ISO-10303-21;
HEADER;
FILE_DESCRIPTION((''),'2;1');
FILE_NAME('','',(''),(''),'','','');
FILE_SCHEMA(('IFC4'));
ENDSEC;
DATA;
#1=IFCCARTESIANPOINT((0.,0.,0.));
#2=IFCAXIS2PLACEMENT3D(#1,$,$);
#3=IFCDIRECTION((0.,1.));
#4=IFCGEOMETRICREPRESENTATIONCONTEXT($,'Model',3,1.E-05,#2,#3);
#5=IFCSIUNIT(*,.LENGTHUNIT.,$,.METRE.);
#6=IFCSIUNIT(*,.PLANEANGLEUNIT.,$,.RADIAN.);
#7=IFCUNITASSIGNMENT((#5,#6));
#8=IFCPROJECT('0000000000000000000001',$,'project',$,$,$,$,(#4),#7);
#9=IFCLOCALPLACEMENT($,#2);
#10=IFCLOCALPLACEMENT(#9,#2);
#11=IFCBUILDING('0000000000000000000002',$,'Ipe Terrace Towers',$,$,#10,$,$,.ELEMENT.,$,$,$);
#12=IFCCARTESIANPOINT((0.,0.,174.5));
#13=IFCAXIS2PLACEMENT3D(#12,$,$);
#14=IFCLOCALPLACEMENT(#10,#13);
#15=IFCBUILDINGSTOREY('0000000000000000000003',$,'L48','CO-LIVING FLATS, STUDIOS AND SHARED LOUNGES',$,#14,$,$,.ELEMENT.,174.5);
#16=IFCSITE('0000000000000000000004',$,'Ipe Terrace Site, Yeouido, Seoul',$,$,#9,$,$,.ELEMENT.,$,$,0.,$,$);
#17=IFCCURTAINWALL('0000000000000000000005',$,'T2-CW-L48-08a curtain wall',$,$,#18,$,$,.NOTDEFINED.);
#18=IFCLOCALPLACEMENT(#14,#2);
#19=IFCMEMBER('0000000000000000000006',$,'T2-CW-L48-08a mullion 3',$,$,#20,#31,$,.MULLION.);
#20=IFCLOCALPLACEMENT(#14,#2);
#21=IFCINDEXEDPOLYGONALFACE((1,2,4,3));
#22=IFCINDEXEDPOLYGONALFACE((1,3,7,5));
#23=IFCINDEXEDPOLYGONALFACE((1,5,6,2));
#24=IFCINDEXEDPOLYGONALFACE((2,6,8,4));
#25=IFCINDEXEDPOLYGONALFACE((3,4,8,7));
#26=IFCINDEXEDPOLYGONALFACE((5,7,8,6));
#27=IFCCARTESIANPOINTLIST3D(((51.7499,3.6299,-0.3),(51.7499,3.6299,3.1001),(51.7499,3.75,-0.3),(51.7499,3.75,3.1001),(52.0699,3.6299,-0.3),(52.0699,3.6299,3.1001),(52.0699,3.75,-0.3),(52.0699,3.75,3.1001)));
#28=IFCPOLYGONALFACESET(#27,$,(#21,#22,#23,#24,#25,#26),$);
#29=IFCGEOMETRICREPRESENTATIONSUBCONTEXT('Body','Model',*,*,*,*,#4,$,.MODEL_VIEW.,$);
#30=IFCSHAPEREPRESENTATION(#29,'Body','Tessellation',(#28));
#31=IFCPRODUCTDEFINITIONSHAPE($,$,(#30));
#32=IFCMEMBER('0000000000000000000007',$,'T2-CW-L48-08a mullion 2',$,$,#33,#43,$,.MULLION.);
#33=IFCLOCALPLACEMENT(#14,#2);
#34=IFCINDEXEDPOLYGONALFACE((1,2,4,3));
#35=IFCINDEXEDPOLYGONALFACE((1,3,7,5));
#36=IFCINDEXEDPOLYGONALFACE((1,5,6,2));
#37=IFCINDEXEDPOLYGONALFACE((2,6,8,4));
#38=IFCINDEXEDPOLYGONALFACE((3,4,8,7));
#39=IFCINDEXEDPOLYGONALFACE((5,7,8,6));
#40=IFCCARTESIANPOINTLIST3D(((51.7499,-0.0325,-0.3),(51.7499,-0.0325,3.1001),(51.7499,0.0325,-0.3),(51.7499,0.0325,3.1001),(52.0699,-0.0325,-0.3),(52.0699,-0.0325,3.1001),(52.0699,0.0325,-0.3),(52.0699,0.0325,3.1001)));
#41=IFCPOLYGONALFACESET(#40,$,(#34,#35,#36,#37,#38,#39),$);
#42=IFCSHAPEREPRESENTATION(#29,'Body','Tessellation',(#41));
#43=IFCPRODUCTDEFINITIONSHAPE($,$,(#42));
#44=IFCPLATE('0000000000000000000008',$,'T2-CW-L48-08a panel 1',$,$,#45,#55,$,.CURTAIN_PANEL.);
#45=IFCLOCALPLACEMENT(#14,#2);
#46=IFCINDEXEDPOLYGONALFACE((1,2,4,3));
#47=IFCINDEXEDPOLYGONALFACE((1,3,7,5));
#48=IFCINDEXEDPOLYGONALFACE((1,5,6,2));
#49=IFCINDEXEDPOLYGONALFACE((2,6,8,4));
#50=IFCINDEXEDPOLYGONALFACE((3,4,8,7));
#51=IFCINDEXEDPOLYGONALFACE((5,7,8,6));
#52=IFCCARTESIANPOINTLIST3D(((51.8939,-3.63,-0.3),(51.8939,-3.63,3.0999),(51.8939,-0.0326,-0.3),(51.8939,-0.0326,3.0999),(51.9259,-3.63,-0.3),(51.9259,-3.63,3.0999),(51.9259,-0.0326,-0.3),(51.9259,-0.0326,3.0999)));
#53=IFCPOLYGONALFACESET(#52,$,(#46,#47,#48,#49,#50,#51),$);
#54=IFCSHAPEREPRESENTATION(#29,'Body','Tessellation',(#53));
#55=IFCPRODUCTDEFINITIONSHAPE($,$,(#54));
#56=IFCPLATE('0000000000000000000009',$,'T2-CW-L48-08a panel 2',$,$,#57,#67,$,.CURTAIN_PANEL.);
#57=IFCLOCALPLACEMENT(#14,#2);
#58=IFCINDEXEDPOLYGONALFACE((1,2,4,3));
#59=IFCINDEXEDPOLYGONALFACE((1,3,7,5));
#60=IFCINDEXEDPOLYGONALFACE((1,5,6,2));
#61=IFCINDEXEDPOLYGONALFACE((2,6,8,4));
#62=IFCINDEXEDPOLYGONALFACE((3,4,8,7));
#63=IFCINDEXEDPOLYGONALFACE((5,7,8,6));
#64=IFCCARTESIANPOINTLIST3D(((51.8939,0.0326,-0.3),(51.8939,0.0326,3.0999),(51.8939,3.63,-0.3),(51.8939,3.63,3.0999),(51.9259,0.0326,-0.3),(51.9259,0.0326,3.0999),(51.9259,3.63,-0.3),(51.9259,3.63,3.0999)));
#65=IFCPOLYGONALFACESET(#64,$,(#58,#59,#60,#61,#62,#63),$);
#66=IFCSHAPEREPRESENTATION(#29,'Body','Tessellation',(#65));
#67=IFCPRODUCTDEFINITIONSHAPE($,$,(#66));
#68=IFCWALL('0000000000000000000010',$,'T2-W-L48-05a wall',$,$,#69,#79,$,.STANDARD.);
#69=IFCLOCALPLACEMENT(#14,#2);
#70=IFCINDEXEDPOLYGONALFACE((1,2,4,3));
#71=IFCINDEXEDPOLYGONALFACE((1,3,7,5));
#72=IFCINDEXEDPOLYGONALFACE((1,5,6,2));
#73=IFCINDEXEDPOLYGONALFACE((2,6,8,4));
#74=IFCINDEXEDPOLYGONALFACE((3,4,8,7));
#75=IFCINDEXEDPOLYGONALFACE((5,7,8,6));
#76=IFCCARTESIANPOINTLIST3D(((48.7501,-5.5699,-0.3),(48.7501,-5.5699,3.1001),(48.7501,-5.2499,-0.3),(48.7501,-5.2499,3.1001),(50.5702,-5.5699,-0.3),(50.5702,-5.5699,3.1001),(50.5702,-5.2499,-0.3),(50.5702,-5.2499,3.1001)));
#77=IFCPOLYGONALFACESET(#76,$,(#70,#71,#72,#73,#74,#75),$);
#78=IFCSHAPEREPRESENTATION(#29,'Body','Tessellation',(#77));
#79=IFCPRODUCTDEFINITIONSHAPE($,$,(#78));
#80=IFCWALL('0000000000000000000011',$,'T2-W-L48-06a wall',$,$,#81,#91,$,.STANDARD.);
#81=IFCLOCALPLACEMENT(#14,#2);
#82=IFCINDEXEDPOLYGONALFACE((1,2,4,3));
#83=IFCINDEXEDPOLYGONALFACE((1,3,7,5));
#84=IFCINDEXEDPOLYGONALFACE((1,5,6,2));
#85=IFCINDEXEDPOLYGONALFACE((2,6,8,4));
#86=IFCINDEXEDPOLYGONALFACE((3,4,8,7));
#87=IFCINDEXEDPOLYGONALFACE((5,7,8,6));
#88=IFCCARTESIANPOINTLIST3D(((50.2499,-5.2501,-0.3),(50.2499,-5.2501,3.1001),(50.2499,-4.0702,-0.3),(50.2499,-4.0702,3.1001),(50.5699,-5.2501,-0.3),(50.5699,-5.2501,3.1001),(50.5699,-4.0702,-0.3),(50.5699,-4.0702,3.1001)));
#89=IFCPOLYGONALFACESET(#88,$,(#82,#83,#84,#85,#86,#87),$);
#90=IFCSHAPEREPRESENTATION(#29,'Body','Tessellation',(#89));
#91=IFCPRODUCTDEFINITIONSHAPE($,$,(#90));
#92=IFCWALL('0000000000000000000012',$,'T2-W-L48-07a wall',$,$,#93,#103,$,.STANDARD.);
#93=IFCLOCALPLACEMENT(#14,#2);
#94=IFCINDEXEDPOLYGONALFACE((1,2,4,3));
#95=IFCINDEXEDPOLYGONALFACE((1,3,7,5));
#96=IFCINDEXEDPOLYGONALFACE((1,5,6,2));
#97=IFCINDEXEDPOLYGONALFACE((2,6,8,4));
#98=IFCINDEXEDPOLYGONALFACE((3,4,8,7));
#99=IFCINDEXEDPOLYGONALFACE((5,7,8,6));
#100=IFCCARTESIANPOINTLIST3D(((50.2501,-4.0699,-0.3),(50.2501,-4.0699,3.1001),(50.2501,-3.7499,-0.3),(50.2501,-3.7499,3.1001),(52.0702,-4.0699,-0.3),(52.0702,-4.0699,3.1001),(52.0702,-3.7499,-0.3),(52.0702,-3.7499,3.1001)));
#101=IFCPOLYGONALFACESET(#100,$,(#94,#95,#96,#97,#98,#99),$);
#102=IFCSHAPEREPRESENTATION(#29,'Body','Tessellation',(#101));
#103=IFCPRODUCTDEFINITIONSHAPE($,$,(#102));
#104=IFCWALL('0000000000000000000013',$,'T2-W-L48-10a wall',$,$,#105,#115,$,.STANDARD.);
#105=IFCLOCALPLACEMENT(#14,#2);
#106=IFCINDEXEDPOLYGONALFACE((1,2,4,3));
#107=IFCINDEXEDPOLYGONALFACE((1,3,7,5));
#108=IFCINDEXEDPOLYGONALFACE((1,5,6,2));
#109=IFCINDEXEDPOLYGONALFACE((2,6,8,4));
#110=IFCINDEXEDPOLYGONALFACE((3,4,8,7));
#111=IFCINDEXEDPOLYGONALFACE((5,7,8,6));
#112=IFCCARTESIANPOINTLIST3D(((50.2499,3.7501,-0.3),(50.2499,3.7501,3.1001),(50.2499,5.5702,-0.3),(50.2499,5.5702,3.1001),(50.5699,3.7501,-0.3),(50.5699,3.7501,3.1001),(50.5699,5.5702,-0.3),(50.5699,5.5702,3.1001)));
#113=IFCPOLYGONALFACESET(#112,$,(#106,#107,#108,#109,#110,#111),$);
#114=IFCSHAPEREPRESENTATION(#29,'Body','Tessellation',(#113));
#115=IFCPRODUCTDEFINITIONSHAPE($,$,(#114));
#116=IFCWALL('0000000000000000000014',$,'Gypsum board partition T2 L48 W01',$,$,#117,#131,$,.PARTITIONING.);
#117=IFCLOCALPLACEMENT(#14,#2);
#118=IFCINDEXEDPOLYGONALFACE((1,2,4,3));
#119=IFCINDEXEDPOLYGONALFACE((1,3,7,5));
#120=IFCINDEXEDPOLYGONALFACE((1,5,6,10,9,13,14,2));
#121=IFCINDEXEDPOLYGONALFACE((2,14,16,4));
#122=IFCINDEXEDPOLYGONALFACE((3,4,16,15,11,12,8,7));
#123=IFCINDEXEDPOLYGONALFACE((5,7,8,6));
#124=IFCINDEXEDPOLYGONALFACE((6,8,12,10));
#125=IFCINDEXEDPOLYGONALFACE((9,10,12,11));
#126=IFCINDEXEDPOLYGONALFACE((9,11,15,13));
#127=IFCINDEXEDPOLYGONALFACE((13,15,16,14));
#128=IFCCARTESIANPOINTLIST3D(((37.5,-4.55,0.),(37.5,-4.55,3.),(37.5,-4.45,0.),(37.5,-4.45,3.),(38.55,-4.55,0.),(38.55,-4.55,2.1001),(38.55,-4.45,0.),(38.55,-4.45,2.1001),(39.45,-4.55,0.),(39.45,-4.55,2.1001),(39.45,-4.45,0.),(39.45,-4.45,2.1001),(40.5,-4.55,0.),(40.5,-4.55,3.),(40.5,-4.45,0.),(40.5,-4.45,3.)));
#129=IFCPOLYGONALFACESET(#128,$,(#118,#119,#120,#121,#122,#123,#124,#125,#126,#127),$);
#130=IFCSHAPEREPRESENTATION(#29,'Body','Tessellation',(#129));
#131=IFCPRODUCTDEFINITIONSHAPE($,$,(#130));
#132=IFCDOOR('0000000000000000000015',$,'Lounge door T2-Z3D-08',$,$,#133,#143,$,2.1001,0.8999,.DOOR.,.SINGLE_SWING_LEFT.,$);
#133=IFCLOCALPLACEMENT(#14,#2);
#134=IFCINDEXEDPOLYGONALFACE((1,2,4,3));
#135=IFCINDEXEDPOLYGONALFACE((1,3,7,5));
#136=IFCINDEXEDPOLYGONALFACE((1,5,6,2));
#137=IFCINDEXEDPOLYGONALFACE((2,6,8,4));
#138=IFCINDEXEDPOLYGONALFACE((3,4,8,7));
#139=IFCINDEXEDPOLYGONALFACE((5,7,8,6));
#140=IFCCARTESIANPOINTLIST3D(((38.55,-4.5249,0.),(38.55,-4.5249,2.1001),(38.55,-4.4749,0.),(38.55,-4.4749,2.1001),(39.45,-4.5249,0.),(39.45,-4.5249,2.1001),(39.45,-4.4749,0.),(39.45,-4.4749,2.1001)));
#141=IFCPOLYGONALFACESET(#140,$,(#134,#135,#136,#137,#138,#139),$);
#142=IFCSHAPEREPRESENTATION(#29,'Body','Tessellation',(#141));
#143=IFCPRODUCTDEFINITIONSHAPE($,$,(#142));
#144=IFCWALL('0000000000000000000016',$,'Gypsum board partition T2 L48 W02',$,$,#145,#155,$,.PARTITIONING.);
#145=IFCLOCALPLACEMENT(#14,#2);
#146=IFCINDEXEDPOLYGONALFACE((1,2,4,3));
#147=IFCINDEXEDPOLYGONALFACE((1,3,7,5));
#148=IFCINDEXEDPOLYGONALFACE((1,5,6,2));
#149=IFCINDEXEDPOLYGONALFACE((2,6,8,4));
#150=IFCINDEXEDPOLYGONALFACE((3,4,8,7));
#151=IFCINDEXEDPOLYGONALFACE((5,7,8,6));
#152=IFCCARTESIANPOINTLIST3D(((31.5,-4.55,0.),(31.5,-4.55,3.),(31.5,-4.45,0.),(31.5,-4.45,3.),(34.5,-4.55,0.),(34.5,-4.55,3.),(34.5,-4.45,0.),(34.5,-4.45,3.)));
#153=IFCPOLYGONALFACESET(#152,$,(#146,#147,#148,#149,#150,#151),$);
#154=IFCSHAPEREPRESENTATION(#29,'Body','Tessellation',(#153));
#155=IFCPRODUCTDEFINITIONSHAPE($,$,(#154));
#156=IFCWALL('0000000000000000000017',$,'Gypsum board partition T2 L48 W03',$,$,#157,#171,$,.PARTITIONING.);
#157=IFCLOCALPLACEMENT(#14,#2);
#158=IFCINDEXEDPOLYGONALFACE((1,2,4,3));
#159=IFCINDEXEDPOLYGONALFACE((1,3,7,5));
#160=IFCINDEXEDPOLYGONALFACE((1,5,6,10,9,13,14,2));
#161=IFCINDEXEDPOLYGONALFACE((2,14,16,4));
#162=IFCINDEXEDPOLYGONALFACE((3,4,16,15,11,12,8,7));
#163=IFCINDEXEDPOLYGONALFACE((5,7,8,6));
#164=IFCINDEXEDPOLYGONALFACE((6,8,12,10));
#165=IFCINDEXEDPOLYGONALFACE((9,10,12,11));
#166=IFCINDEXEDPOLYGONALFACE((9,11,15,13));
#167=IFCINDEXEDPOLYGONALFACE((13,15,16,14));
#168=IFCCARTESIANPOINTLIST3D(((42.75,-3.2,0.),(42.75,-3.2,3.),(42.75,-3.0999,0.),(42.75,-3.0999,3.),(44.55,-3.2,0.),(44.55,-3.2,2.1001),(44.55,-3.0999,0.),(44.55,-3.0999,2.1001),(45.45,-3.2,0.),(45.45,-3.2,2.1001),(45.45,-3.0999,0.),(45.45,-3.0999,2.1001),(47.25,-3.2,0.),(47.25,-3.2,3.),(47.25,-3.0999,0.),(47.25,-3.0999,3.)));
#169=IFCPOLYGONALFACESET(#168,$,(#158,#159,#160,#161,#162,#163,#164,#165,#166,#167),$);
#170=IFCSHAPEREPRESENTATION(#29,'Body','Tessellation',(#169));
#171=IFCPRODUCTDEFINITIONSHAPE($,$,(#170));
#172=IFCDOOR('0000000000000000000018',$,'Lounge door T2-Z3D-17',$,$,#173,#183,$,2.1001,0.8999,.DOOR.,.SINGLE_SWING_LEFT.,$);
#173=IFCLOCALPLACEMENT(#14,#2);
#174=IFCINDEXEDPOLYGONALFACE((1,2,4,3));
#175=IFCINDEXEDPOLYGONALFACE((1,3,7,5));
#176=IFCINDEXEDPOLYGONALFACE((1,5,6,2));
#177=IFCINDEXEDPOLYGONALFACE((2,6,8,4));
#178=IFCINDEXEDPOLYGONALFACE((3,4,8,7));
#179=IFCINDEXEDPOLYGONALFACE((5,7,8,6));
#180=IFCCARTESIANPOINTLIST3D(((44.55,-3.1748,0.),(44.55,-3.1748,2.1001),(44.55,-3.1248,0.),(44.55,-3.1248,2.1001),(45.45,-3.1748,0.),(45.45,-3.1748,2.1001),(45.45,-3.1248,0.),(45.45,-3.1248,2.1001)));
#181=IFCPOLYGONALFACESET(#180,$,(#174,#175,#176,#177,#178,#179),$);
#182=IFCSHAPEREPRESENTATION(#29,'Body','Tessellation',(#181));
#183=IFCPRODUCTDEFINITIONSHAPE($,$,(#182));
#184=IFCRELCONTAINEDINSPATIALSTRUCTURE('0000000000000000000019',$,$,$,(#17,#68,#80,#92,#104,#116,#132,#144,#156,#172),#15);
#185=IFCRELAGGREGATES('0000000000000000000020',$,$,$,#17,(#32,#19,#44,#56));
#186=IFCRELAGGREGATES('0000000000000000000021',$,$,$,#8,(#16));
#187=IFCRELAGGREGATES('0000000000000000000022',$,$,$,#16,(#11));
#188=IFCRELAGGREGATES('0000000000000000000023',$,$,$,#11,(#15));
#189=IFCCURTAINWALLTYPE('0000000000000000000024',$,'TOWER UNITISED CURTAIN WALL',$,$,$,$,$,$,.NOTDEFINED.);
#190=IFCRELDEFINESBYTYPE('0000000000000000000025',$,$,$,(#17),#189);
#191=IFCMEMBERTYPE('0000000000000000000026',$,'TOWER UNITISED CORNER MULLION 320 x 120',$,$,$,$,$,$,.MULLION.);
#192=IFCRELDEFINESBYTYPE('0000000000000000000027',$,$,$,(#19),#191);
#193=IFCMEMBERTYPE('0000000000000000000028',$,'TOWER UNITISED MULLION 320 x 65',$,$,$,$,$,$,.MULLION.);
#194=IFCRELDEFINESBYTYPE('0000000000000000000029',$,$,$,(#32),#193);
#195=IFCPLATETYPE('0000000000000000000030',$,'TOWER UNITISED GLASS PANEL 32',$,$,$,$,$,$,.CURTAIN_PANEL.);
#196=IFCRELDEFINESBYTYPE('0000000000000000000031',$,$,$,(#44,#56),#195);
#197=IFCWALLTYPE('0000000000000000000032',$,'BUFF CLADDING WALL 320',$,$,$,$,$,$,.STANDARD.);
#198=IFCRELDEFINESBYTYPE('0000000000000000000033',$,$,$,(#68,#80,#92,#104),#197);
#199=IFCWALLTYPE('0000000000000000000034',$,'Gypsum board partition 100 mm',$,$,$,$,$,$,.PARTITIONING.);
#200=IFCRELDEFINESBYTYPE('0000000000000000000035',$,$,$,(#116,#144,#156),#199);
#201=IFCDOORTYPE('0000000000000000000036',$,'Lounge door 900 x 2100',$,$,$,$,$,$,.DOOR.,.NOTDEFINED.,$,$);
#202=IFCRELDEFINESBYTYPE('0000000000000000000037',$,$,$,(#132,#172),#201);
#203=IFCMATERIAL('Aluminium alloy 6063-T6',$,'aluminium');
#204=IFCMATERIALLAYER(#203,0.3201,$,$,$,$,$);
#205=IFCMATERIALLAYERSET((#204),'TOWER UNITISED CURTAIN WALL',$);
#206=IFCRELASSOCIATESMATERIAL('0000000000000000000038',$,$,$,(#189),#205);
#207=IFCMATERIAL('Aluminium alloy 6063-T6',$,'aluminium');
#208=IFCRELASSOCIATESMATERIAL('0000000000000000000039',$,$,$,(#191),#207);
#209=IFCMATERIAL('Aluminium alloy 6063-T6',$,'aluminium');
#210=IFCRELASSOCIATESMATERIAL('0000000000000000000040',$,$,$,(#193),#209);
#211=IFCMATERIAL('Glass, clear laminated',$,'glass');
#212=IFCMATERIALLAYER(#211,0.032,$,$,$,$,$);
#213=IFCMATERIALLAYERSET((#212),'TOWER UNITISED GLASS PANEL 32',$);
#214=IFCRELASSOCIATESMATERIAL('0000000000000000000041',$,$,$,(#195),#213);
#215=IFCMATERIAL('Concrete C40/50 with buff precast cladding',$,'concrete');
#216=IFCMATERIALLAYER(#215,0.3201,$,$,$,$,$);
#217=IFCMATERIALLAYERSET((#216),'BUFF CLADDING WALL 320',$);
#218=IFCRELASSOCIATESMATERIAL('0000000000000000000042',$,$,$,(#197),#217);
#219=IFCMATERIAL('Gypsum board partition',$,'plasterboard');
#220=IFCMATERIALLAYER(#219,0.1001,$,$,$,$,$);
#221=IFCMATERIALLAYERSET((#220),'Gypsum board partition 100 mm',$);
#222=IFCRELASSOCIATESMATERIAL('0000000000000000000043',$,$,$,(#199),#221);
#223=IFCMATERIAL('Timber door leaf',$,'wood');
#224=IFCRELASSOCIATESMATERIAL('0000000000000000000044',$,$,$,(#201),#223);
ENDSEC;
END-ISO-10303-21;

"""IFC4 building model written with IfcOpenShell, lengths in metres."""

from ifc_helpers import new_model, si_unit, direction, frame, frame_2d, origin, origin_2d, place, context, subcontext, project, spatial, rectangle, extrude, material, layer, layer_set, material_profile, profile_set, type_object, element, fill, aggregate, save


model = new_model("IFC4")

# Units and contexts
model_context = context("Model", 3, precision=1e-05, world=origin(), true_north=direction((0.0, 1.0)))
body_context = subcontext(model_context, "Body", "Model", "MODEL_VIEW")
ifc_project = project(units=[si_unit("LENGTHUNIT", "METRE"), si_unit("PLANEANGLEUNIT", "RADIAN")], contexts=[model_context])

# Site, building, storey
site_placement = place(None, origin())
site = spatial("IfcSite", under=ifc_project, at=site_placement, Name="Ipe Terrace Site, Yeouido, Seoul", CompositionType="ELEMENT", RefElevation=0.0)
building_placement = place(site_placement, origin())
building = spatial("IfcBuilding", under=site, at=building_placement, Name="Ipe Terrace Towers", CompositionType="ELEMENT")
storey_placement = place(building_placement, frame((0.0, 0.0, 174.5)))
storey = spatial("IfcBuildingStorey", under=building, at=storey_placement, Name="L48", Description="CO-LIVING FLATS, STUDIOS AND SHARED LOUNGES", CompositionType="ELEMENT", Elevation=174.5)

# Curtain wall, members, plates
ifc_material_1 = material(Name="Aluminium alloy 6063-T6", Category="aluminium")
ifc_layer_1 = layer(ifc_material_1, 0.3201)
ifc_layer_set_1 = layer_set([ifc_layer_1], Name="TOWER UNITISED CURTAIN WALL")
curtain_wall_type = type_object("IfcCurtainWallType", Name="TOWER UNITISED CURTAIN WALL", PredefinedType="NOTDEFINED", material=ifc_layer_set_1)
curtain_wall_placement = place(storey_placement, origin())
curtain_wall = element("IfcCurtainWall", 1, at=curtain_wall_placement, inside=storey, type_object=curtain_wall_type, Name="T2-CW-L48-08a curtain wall", PredefinedType="NOTDEFINED")
ifc_material_2 = material(Name="Aluminium alloy 6063-T6", Category="aluminium")
ifc_material_profile_1 = material_profile(ifc_material_2, rectangle(XDim=0.3201, YDim=0.1201, at=origin_2d()), Name="TOWER UNITISED CORNER MULLION 320 x 120")
ifc_profile_set_1 = profile_set([ifc_material_profile_1], Name="Aluminium alloy 6063-T6")
member_type_1 = type_object("IfcMemberType", Name="TOWER UNITISED CORNER MULLION 320 x 120", PredefinedType="MULLION", material=ifc_profile_set_1)
member_1_placement = place(storey_placement, frame((51.9099, 3.6899, -0.3), z_axis=(0.0, 0.0, 1.0), x_axis=(1.0, 0.0, 0.0)))
member_1 = element("IfcMember", 2, at=member_1_placement, type_object=member_type_1, Name="T2-CW-L48-08a mullion 3", PredefinedType="MULLION", context=body_context, shape_type="SweptSolid", body=[
    extrude(rectangle(XDim=0.3201, YDim=0.1201, at=origin_2d()), origin(), (0.0, 0.0, 1.0), 3.4001),
])
ifc_material_3 = material(Name="Aluminium alloy 6063-T6", Category="aluminium")
ifc_material_profile_2 = material_profile(ifc_material_3, rectangle(XDim=0.3201, YDim=0.0649, at=origin_2d()), Name="TOWER UNITISED MULLION 320 x 65")
ifc_profile_set_2 = profile_set([ifc_material_profile_2], Name="Aluminium alloy 6063-T6")
member_type_2 = type_object("IfcMemberType", Name="TOWER UNITISED MULLION 320 x 65", PredefinedType="MULLION", material=ifc_profile_set_2)
member_2_placement = place(storey_placement, frame((51.9099, 0.0, -0.3), z_axis=(0.0, 0.0, 1.0), x_axis=(1.0, 0.0, 0.0)))
member_2 = element("IfcMember", 3, at=member_2_placement, type_object=member_type_2, Name="T2-CW-L48-08a mullion 2", PredefinedType="MULLION", context=body_context, shape_type="SweptSolid", body=[
    extrude(rectangle(XDim=0.3201, YDim=0.0649, at=origin_2d()), origin(), (0.0, 0.0, 1.0), 3.4001),
])
ifc_material_4 = material(Name="Glass, clear laminated", Category="glass")
ifc_layer_2 = layer(ifc_material_4, 0.032)
ifc_layer_set_2 = layer_set([ifc_layer_2], Name="TOWER UNITISED GLASS PANEL 32")
plate_type = type_object("IfcPlateType", Name="TOWER UNITISED GLASS PANEL 32", PredefinedType="CURTAIN_PANEL", material=ifc_layer_set_2)
plate_1_placement = place(storey_placement, frame((51.9099, -1.8313, -0.3), z_axis=(0.0, 0.0, 1.0), x_axis=(0.0, 1.0, 0.0)))
plate_1 = element("IfcPlate", 4, at=plate_1_placement, type_object=plate_type, Name="T2-CW-L48-08a panel 1", PredefinedType="CURTAIN_PANEL", context=body_context, shape_type="SweptSolid", body=[
    extrude(rectangle(XDim=3.5974, YDim=0.032, at=origin_2d()), origin(), (0.0, 0.0, 1.0), 3.3999),
])
plate_2_placement = place(storey_placement, frame((51.9099, 1.8313, -0.3), z_axis=(0.0, 0.0, 1.0), x_axis=(0.0, 1.0, 0.0)))
plate_2 = element("IfcPlate", 5, at=plate_2_placement, type_object=plate_type, Name="T2-CW-L48-08a panel 2", PredefinedType="CURTAIN_PANEL", context=body_context, shape_type="SweptSolid", body=[
    extrude(rectangle(XDim=3.5974, YDim=0.032, at=origin_2d()), origin(), (0.0, 0.0, 1.0), 3.3999),
])
aggregate(curtain_wall, [member_2, member_1, plate_1, plate_2])

# Walls
ifc_material_5 = material(Name="Concrete C40/50 with buff precast cladding", Category="concrete")
ifc_layer_3 = layer(ifc_material_5, 0.3201)
ifc_layer_set_3 = layer_set([ifc_layer_3], Name="BUFF CLADDING WALL 320")
wall_type_1 = type_object("IfcWallType", Name="BUFF CLADDING WALL 320", PredefinedType="STANDARD", material=ifc_layer_set_3)
wall_1_placement = place(storey_placement, frame((48.75, -5.4099, -0.3), z_axis=(0.0, 0.0, 1.0), x_axis=(1.0, 0.0, 0.0)))
element("IfcWall", 6, at=wall_1_placement, inside=storey, type_object=wall_type_1, Name="T2-W-L48-05a wall", PredefinedType="STANDARD", context=body_context, shape_type="SweptSolid", body=[
    extrude(rectangle(XDim=1.8201, YDim=0.3201, at=frame_2d((0.9102, 0.0))), origin(), (0.0, 0.0, 1.0), 3.4001),
])
wall_2_placement = place(storey_placement, frame((50.4099, -5.25, -0.3), z_axis=(0.0, 0.0, 1.0), x_axis=(0.0, 1.0, 0.0)))
element("IfcWall", 7, at=wall_2_placement, inside=storey, type_object=wall_type_1, Name="T2-W-L48-06a wall", PredefinedType="STANDARD", context=body_context, shape_type="SweptSolid", body=[
    extrude(rectangle(XDim=1.1799, YDim=0.3201, at=frame_2d((0.5898, 0.0))), origin(), (0.0, 0.0, 1.0), 3.4001),
])
for number, where, z_axis, x_axis, name in (
    (8, (50.25, -3.9099, -0.3), (0.0, 0.0, 1.0), (1.0, 0.0, 0.0), "T2-W-L48-07a wall"),
    (9, (50.4099, 3.75, -0.3), (0.0, 0.0, 1.0), (0.0, 1.0, 0.0), "T2-W-L48-10a wall"),
):
    element("IfcWall", number, at=place(storey_placement, frame(where, z_axis=z_axis, x_axis=x_axis)), inside=storey, type_object=wall_type_1, Name=name, PredefinedType="STANDARD", context=body_context, shape_type="SweptSolid", body=[
        extrude(rectangle(XDim=1.8201, YDim=0.3201, at=frame_2d((0.9102, 0.0))), origin(), (0.0, 0.0, 1.0), 3.4001),
    ])

# Wall, opening, door
ifc_material_6 = material(Name="Gypsum board partition", Category="plasterboard")
ifc_layer_4 = layer(ifc_material_6, 0.1001)
ifc_layer_set_4 = layer_set([ifc_layer_4], Name="Gypsum board partition 100 mm")
wall_type_2 = type_object("IfcWallType", Name="Gypsum board partition 100 mm", PredefinedType="PARTITIONING", material=ifc_layer_set_4)
wall_3_placement = place(storey_placement, frame((40.5, -4.5, 0.0), z_axis=(0.0, 0.0, 1.0), x_axis=(-1.0, 0.0, 0.0)))
wall_3 = element("IfcWall", 10, at=wall_3_placement, inside=storey, type_object=wall_type_2, Name="Gypsum board partition T2 L48 W01", PredefinedType="PARTITIONING", context=body_context, shape_type="SweptSolid", body=[
    extrude(rectangle(XDim=3.0, YDim=0.1001, at=frame_2d((1.5, 0.0))), origin(), (0.0, 0.0, 1.0), 3.0),
])
opening_1_placement = place(wall_3_placement, frame((1.05, 0.0, 0.0)))
opening_1 = element("IfcOpeningElement", 11, at=opening_1_placement, cuts=wall_3, PredefinedType="OPENING", context=body_context, shape_type="SweptSolid", body=[
    extrude(rectangle(XDim=0.8999, YDim=2.1001, at=frame_2d((0.45, 1.05))), frame((0.0, 0.0601, 0.0), z_axis=(0.0, -1.0, 0.0), x_axis=(1.0, 0.0, 0.0)), (0.0, 0.0, 1.0), 0.1201),
])
ifc_material_7 = material(Name="Timber door leaf", Category="wood")
door_type = type_object("IfcDoorType", Name="Lounge door 900 x 2100", OperationType="NOTDEFINED", PredefinedType="DOOR", material=ifc_material_7)
door_1_placement = place(opening_1_placement, origin())
door_1 = element("IfcDoor", 12, at=door_1_placement, inside=storey, type_object=door_type, Name="Lounge door T2-Z3D-08", OperationType="SINGLE_SWING_LEFT", OverallHeight=2.1001, OverallWidth=0.8999, PredefinedType="DOOR", context=body_context, shape_type="SweptSolid", body=[
    extrude(rectangle(XDim=0.8999, YDim=2.1001, at=frame_2d((0.45, 1.05))), frame((0.0, 0.0249, 0.0), z_axis=(0.0, -1.0, 0.0), x_axis=(1.0, 0.0, 0.0)), (0.0, 0.0, 1.0), 0.05),
])
fill(opening_1, door_1)

# Wall
wall_4_placement = place(storey_placement, frame((34.5, -4.5, 0.0), z_axis=(0.0, 0.0, 1.0), x_axis=(-1.0, 0.0, 0.0)))
element("IfcWall", 13, at=wall_4_placement, inside=storey, type_object=wall_type_2, Name="Gypsum board partition T2 L48 W02", PredefinedType="PARTITIONING", context=body_context, shape_type="SweptSolid", body=[
    extrude(rectangle(XDim=3.0, YDim=0.1001, at=frame_2d((1.5, 0.0))), origin(), (0.0, 0.0, 1.0), 3.0),
])

# Wall, opening, door
wall_5_placement = place(storey_placement, frame((47.25, -3.1499, 0.0), z_axis=(0.0, 0.0, 1.0), x_axis=(-1.0, 0.0, 0.0)))
wall_5 = element("IfcWall", 14, at=wall_5_placement, inside=storey, type_object=wall_type_2, Name="Gypsum board partition T2 L48 W03", PredefinedType="PARTITIONING", context=body_context, shape_type="SweptSolid", body=[
    extrude(rectangle(XDim=4.5, YDim=0.1001, at=frame_2d((2.25, 0.0))), origin(), (0.0, 0.0, 1.0), 3.0),
])
opening_2_placement = place(wall_5_placement, frame((1.8, 0.0, 0.0)))
opening_2 = element("IfcOpeningElement", 15, at=opening_2_placement, cuts=wall_5, PredefinedType="OPENING", context=body_context, shape_type="SweptSolid", body=[
    extrude(rectangle(XDim=0.8999, YDim=2.1001, at=frame_2d((0.45, 1.05))), frame((0.0, 0.0601, 0.0), z_axis=(0.0, -1.0, 0.0), x_axis=(1.0, 0.0, 0.0)), (0.0, 0.0, 1.0), 0.1201),
])
door_2_placement = place(opening_2_placement, origin())
door_2 = element("IfcDoor", 16, at=door_2_placement, inside=storey, type_object=door_type, Name="Lounge door T2-Z3D-17", OperationType="SINGLE_SWING_LEFT", OverallHeight=2.1001, OverallWidth=0.8999, PredefinedType="DOOR", context=body_context, shape_type="SweptSolid", body=[
    extrude(rectangle(XDim=0.8999, YDim=2.1001, at=frame_2d((0.45, 1.05))), frame((0.0, 0.0249, 0.0), z_axis=(0.0, -1.0, 0.0), x_axis=(1.0, 0.0, 0.0)), (0.0, 0.0, 1.0), 0.05),
])
fill(opening_2, door_2)

save(model, "model.ifc")
